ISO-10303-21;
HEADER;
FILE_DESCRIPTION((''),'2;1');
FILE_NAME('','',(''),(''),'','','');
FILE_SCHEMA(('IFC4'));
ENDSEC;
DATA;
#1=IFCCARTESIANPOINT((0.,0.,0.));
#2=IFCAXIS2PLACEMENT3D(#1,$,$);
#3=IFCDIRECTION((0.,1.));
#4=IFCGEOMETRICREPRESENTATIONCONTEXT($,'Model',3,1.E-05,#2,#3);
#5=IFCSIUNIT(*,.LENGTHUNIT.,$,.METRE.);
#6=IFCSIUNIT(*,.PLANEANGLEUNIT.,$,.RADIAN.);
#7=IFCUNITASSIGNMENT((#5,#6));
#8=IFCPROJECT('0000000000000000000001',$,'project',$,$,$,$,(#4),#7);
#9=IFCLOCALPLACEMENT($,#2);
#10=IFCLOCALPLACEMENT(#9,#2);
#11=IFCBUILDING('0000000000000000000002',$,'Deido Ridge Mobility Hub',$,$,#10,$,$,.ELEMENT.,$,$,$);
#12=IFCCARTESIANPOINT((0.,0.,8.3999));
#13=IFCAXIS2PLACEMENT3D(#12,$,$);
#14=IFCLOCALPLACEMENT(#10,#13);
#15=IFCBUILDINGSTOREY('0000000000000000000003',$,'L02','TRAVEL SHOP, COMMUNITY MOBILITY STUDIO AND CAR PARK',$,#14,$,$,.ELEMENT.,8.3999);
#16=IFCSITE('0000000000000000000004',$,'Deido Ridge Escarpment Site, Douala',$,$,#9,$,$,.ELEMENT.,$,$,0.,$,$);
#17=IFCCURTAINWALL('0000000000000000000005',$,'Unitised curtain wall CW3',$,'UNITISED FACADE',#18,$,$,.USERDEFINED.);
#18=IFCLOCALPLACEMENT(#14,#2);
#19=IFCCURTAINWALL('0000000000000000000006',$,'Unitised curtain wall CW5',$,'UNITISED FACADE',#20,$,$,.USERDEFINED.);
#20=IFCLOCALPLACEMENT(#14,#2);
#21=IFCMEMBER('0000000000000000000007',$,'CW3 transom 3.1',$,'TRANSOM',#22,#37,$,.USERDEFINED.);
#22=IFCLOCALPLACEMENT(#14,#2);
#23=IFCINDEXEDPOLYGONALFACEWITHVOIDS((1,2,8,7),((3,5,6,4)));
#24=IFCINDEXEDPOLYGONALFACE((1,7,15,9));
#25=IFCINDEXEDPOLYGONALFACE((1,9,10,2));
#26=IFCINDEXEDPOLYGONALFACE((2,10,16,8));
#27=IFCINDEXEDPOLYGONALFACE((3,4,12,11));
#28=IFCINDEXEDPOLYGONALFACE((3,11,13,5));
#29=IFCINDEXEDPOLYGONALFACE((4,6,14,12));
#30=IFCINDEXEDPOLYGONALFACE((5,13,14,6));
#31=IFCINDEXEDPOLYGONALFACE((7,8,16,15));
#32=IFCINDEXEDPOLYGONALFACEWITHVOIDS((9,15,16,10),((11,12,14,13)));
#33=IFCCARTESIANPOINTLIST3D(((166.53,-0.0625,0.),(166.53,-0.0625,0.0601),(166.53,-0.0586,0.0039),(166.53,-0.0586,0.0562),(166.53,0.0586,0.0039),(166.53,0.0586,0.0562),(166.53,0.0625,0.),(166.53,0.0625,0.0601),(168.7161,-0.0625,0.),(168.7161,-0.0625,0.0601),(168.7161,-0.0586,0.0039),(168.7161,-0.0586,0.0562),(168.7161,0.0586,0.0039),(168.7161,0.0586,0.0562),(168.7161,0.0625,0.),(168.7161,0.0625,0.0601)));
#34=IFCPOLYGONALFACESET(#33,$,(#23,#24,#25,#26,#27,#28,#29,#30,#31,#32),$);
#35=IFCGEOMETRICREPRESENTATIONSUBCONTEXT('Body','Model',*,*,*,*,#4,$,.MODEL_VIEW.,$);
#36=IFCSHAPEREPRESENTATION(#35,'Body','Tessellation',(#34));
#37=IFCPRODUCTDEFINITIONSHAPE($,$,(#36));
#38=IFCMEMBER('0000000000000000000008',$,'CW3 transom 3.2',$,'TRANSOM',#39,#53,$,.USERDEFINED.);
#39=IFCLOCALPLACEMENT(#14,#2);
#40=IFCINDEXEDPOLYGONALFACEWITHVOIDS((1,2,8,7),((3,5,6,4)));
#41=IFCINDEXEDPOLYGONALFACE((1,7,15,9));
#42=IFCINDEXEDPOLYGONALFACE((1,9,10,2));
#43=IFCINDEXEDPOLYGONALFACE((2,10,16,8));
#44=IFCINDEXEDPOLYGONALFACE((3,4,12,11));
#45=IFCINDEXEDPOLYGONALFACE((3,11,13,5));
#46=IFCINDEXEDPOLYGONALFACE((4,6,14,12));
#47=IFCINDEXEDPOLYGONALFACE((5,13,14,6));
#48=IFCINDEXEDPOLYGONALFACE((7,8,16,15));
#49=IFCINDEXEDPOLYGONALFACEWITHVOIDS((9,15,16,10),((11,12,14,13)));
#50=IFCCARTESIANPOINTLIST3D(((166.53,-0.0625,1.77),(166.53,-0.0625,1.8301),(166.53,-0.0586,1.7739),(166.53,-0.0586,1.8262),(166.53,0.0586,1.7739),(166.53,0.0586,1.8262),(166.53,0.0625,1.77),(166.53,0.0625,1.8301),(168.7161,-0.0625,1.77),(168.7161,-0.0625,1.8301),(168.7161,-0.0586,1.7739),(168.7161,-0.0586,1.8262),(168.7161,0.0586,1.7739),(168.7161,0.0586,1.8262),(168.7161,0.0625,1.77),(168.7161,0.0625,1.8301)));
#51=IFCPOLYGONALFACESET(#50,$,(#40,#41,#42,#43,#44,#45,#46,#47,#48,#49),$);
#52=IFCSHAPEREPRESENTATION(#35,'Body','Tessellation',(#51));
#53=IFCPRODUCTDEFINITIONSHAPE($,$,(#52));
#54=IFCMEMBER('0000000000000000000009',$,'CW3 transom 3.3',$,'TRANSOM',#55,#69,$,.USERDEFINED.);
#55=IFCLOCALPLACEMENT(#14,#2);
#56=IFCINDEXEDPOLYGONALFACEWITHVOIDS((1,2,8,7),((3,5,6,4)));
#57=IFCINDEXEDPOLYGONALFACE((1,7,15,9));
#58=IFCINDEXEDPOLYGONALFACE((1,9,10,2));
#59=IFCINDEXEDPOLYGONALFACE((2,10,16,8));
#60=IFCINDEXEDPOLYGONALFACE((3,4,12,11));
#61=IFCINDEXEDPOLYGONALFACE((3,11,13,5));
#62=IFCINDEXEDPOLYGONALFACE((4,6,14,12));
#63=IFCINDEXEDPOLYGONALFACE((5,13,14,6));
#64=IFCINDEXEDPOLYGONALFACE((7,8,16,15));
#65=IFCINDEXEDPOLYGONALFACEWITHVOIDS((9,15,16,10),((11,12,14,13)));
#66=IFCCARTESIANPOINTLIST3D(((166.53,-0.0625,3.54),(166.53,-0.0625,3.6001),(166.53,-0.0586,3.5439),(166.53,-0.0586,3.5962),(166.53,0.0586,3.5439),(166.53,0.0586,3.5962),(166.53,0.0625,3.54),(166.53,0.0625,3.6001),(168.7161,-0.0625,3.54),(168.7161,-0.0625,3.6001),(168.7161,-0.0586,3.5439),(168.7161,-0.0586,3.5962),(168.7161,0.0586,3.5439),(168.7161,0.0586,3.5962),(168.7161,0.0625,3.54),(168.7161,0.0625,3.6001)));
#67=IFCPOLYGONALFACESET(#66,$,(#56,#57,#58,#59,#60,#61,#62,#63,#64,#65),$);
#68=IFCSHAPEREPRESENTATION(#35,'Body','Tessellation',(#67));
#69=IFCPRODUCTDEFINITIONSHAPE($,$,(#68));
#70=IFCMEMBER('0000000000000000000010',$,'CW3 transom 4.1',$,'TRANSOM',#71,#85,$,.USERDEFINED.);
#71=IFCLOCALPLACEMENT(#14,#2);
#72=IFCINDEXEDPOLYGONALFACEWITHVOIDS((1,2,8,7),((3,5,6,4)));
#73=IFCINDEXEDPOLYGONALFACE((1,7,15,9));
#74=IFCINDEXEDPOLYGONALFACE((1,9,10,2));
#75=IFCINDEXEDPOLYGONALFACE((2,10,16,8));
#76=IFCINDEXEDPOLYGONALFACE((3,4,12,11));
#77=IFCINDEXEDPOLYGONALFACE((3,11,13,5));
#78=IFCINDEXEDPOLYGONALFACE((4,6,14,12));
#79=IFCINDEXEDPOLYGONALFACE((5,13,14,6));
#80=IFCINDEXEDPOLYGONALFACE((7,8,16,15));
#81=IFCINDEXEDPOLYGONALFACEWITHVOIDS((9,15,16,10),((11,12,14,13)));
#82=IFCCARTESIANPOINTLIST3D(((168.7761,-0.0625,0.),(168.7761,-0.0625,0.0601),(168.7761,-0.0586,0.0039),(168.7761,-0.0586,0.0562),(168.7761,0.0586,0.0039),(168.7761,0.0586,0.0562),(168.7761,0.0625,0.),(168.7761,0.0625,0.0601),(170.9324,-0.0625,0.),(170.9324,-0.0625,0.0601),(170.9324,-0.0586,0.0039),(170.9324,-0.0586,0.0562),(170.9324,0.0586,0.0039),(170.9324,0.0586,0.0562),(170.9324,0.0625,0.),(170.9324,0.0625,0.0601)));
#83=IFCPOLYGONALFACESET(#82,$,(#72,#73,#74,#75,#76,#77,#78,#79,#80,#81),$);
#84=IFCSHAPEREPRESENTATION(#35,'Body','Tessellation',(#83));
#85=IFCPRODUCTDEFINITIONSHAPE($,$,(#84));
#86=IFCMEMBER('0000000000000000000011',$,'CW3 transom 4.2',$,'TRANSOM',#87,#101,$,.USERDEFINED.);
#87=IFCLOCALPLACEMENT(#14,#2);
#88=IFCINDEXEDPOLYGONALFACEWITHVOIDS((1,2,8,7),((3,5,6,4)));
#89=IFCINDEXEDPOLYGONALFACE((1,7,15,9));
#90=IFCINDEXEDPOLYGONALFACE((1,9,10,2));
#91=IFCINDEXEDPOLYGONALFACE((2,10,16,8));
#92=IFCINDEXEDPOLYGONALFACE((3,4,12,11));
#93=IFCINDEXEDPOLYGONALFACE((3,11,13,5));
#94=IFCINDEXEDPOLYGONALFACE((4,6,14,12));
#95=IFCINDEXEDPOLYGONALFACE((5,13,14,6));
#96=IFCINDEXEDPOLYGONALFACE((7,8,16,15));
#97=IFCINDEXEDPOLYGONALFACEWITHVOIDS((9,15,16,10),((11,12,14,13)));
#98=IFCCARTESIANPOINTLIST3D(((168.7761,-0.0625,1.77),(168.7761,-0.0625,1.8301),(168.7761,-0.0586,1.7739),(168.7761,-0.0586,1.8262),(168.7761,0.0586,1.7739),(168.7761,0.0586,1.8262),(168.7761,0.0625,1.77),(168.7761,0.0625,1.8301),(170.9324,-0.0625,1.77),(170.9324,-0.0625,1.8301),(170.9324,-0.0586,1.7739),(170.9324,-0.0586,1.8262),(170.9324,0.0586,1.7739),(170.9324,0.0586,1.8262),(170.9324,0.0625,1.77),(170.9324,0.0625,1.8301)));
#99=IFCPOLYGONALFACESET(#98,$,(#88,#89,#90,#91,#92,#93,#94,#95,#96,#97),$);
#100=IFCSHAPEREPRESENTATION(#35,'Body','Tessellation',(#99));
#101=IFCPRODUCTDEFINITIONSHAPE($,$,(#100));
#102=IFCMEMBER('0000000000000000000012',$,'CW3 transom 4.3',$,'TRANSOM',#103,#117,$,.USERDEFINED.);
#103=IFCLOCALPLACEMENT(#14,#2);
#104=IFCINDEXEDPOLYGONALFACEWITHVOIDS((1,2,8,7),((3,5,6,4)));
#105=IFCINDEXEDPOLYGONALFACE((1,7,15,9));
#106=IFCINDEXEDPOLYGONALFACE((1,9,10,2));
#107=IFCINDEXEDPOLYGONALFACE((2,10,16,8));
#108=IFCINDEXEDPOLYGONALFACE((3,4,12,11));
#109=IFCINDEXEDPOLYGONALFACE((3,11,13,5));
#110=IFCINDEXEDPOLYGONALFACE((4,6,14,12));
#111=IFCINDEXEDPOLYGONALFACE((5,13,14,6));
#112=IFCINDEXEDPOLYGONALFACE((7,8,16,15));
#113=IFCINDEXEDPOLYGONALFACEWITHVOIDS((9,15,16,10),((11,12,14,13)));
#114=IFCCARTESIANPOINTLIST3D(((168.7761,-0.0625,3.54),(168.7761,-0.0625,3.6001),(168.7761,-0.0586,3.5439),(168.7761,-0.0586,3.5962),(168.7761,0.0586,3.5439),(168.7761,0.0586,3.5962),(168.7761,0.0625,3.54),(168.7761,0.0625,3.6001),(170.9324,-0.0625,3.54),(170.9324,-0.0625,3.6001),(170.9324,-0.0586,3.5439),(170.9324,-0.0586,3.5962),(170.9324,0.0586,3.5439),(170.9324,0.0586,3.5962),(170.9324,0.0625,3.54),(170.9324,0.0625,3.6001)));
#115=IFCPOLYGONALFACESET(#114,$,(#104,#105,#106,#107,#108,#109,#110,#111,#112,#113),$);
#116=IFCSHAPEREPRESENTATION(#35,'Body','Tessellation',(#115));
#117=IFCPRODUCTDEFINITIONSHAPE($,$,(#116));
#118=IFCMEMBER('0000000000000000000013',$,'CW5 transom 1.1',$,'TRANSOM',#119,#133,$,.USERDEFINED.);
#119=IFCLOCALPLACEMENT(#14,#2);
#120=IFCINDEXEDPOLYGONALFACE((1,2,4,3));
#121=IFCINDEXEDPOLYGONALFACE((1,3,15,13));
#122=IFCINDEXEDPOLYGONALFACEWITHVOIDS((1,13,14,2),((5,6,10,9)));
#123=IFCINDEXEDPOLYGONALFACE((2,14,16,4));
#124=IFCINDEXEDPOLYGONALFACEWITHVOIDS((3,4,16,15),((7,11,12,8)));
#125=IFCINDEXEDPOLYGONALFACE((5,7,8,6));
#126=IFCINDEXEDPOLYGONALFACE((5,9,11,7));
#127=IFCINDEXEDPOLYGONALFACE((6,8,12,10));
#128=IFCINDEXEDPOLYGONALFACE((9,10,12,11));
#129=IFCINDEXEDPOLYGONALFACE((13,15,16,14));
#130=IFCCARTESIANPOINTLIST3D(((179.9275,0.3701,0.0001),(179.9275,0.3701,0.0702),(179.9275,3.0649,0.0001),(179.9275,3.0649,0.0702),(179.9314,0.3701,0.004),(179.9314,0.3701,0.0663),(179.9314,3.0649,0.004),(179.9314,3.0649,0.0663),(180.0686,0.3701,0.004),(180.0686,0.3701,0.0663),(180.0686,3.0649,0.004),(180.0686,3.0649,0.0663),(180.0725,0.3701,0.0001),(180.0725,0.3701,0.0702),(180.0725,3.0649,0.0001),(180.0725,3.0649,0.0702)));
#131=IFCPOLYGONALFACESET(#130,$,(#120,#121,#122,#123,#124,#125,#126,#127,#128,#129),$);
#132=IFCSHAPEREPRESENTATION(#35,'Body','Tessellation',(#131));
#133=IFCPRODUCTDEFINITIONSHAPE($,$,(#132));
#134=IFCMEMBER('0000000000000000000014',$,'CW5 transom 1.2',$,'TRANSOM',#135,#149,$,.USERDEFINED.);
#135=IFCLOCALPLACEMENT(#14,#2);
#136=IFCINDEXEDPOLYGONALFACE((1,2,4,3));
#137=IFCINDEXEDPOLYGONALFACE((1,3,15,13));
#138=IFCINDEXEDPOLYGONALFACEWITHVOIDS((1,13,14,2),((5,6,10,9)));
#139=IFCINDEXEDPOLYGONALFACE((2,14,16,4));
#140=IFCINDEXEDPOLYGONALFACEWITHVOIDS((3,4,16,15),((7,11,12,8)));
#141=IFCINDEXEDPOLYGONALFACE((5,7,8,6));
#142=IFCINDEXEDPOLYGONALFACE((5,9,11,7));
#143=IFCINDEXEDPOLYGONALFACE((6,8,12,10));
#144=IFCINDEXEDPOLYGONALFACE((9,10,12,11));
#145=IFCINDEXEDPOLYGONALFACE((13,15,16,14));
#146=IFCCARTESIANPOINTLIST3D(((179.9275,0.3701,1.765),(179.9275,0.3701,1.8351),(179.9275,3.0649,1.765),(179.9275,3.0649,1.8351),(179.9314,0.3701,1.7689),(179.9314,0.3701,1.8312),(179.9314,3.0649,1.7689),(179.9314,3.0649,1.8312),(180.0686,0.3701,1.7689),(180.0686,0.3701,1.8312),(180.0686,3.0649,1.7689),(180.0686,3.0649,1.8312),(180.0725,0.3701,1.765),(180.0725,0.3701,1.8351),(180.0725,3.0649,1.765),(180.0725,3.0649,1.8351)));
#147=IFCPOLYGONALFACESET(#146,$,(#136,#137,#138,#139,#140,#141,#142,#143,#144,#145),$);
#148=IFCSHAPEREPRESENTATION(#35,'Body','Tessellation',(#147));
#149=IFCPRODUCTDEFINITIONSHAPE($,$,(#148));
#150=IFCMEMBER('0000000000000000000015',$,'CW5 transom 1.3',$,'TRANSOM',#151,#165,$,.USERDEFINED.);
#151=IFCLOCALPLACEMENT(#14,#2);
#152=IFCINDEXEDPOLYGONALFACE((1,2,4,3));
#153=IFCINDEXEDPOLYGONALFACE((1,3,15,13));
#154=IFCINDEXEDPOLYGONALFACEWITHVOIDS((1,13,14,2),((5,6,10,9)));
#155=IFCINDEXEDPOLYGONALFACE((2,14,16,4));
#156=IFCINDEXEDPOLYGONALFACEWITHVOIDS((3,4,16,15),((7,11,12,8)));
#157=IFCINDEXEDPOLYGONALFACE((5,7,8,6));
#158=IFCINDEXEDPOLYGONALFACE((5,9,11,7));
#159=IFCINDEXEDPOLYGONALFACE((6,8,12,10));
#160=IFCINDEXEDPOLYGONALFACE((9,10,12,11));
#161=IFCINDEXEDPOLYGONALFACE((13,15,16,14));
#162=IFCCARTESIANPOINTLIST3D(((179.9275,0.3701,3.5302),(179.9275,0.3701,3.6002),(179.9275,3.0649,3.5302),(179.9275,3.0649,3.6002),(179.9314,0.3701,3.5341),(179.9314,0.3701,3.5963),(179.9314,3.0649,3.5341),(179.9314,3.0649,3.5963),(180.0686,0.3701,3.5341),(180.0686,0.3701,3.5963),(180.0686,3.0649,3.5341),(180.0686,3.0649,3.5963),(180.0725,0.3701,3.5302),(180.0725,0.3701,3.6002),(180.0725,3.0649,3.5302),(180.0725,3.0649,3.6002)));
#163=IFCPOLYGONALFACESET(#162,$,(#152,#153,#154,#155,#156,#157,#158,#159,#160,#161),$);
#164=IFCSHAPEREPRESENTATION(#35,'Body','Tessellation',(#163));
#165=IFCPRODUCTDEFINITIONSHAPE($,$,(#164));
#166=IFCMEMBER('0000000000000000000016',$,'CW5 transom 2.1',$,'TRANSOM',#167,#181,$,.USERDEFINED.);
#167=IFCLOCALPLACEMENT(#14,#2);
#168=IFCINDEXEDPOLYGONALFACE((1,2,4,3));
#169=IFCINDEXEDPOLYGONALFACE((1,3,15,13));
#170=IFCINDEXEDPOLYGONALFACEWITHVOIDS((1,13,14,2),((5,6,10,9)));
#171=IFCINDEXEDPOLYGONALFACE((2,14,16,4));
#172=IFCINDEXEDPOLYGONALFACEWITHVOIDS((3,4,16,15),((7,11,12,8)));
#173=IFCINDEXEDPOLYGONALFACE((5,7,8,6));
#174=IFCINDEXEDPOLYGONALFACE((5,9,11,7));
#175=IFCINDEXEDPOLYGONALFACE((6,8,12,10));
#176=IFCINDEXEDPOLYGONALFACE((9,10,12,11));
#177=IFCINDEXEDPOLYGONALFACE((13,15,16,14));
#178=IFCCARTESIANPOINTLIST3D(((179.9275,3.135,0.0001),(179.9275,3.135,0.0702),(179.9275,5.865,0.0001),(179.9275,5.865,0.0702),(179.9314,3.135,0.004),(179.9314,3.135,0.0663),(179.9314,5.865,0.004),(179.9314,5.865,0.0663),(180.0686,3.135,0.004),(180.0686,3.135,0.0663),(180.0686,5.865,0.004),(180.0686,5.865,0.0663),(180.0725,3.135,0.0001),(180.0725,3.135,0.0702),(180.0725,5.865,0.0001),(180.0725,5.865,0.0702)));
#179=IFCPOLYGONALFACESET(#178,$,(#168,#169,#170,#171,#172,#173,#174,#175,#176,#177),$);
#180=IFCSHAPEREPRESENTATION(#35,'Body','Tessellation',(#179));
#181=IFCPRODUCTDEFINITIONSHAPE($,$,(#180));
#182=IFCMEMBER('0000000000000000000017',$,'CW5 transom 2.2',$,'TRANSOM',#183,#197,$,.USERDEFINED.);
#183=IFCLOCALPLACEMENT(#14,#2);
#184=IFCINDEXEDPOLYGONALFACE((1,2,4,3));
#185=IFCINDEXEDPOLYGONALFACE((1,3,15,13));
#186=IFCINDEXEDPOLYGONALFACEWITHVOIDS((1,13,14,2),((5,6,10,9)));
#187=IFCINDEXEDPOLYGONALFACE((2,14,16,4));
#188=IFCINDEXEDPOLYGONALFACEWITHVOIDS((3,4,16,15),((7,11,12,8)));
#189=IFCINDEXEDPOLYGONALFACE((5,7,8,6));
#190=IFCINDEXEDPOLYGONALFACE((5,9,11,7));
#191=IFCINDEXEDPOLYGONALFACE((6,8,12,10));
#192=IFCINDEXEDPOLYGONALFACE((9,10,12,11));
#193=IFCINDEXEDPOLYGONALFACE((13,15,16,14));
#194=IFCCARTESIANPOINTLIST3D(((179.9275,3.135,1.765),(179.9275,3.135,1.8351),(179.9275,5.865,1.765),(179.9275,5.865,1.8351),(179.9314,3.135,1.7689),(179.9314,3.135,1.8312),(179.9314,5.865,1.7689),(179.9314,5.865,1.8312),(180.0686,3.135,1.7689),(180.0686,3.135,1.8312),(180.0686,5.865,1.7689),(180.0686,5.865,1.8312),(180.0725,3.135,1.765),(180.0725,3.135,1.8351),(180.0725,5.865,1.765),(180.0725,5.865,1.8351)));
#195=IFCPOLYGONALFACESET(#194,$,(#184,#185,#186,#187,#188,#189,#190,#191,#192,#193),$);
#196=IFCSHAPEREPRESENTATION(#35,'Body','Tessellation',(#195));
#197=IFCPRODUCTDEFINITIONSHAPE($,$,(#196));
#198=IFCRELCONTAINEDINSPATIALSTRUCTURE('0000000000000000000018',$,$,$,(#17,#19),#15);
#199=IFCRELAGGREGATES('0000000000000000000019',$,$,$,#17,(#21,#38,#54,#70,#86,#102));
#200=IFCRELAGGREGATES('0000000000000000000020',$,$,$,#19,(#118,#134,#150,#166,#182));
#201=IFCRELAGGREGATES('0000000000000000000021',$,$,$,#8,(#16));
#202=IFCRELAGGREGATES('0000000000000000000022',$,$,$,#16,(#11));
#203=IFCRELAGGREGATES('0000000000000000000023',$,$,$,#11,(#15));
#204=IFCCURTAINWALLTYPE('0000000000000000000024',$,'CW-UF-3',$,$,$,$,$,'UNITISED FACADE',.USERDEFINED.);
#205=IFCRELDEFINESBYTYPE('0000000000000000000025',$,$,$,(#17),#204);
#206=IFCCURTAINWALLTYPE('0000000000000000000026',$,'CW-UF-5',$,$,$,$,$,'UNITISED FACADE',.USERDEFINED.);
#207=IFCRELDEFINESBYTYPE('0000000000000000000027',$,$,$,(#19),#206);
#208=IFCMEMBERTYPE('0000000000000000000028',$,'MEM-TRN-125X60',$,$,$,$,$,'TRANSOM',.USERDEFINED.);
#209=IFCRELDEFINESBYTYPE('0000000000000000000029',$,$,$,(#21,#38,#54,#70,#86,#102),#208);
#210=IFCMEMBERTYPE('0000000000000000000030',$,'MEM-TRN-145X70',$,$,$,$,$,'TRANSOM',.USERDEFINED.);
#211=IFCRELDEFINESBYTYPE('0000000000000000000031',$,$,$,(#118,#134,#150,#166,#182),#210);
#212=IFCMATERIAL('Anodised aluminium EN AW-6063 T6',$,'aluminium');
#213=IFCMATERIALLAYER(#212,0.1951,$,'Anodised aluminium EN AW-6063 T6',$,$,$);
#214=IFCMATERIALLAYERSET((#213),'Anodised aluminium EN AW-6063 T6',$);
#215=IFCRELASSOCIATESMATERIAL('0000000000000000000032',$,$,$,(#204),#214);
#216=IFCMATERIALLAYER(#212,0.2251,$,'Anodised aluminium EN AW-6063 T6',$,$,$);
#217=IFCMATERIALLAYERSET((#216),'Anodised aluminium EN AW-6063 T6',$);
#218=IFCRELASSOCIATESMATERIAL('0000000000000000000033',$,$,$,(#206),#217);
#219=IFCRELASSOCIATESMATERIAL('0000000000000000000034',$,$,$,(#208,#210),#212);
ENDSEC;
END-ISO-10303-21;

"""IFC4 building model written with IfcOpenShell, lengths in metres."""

from ifc_helpers import new_model, si_unit, direction, frame, origin, origin_2d, place, context, subcontext, project, spatial, hollow_rectangle, extrude, material, layer, layer_set, material_profile, profile_set, type_object, element, aggregate, save


model = new_model("IFC4")

# Units and contexts
model_context = context("Model", 3, precision=1e-05, world=origin(), true_north=direction((0.0, 1.0)))
body_context = subcontext(model_context, "Body", "Model", "MODEL_VIEW")
ifc_project = project(units=[si_unit("LENGTHUNIT", "METRE"), si_unit("PLANEANGLEUNIT", "RADIAN")], contexts=[model_context])

# Site, building, storey
site_placement = place(None, origin())
site = spatial("IfcSite", under=ifc_project, at=site_placement, Name="Deido Ridge Escarpment Site, Douala", CompositionType="ELEMENT", RefElevation=0.0)
building_placement = place(site_placement, origin())
building = spatial("IfcBuilding", under=site, at=building_placement, Name="Deido Ridge Mobility Hub", CompositionType="ELEMENT")
storey_placement = place(building_placement, frame((0.0, 0.0, 8.3999)))
storey = spatial("IfcBuildingStorey", under=building, at=storey_placement, Name="L02", Description="TRAVEL SHOP, COMMUNITY MOBILITY STUDIO AND CAR PARK", CompositionType="ELEMENT", Elevation=8.3999)

# Curtain walls
ifc_material_1 = material(Name="Anodised aluminium EN AW-6063 T6", Category="aluminium")
ifc_layer_1 = layer(ifc_material_1, 0.1951, Name="Anodised aluminium EN AW-6063 T6")
ifc_layer_set_1 = layer_set([ifc_layer_1], Name="Anodised aluminium EN AW-6063 T6")
curtain_wall_type_1 = type_object("IfcCurtainWallType", Name="CW-UF-3", ElementType="UNITISED FACADE", PredefinedType="USERDEFINED", material=ifc_layer_set_1)
curtain_wall_1_placement = place(storey_placement, origin())
curtain_wall_1 = element("IfcCurtainWall", 1, at=curtain_wall_1_placement, inside=storey, type_object=curtain_wall_type_1, Name="Unitised curtain wall CW3", ObjectType="UNITISED FACADE", PredefinedType="USERDEFINED")
ifc_layer_2 = layer(ifc_material_1, 0.2251, Name="Anodised aluminium EN AW-6063 T6")
ifc_layer_set_2 = layer_set([ifc_layer_2], Name="Anodised aluminium EN AW-6063 T6")
curtain_wall_type_2 = type_object("IfcCurtainWallType", Name="CW-UF-5", ElementType="UNITISED FACADE", PredefinedType="USERDEFINED", material=ifc_layer_set_2)
curtain_wall_2_placement = place(storey_placement, origin())
curtain_wall_2 = element("IfcCurtainWall", 2, at=curtain_wall_2_placement, inside=storey, type_object=curtain_wall_type_2, Name="Unitised curtain wall CW5", ObjectType="UNITISED FACADE", PredefinedType="USERDEFINED")

# Members
ifc_material_profile_1 = material_profile(ifc_material_1, hollow_rectangle(XDim=0.125, YDim=0.0601, WallThickness=0.0039, at=origin_2d()), Name="RHS 125x60x4")
ifc_profile_set_1 = profile_set([ifc_material_profile_1], Name="Anodised aluminium EN AW-6063 T6")
member_type_1 = type_object("IfcMemberType", Name="MEM-TRN-125X60", ElementType="TRANSOM", PredefinedType="USERDEFINED", material=ifc_profile_set_1)
member_1_placement = place(storey_placement, frame((166.53, 0.0, 0.03), z_axis=(1.0, 0.0, 0.0), x_axis=(0.0, 1.0, 0.0)))
member_1 = element("IfcMember", 3, at=member_1_placement, type_object=member_type_1, Name="CW3 transom 3.1", ObjectType="TRANSOM", PredefinedType="USERDEFINED", context=body_context, shape_type="SweptSolid", body=[
    extrude(hollow_rectangle(XDim=0.125, YDim=0.0601, WallThickness=0.0039, at=origin_2d()), origin(), (0.0, 0.0, 1.0), 2.186),
])
member_2_placement = place(storey_placement, frame((166.53, 0.0, 1.8), z_axis=(1.0, 0.0, 0.0), x_axis=(0.0, 1.0, 0.0)))
member_2 = element("IfcMember", 4, at=member_2_placement, type_object=member_type_1, Name="CW3 transom 3.2", ObjectType="TRANSOM", PredefinedType="USERDEFINED", context=body_context, shape_type="SweptSolid", body=[
    extrude(hollow_rectangle(XDim=0.125, YDim=0.0601, WallThickness=0.0039, at=origin_2d()), origin(), (0.0, 0.0, 1.0), 2.186),
])
member_3_placement = place(storey_placement, frame((166.53, 0.0, 3.5701), z_axis=(1.0, 0.0, 0.0), x_axis=(0.0, 1.0, 0.0)))
member_3 = element("IfcMember", 5, at=member_3_placement, type_object=member_type_1, Name="CW3 transom 3.3", ObjectType="TRANSOM", PredefinedType="USERDEFINED", context=body_context, shape_type="SweptSolid", body=[
    extrude(hollow_rectangle(XDim=0.125, YDim=0.0601, WallThickness=0.0039, at=origin_2d()), origin(), (0.0, 0.0, 1.0), 2.186),
])
member_4_placement = place(storey_placement, frame((168.7761, 0.0, 0.03), z_axis=(1.0, 0.0, 0.0), x_axis=(0.0, 1.0, 0.0)))
member_4 = element("IfcMember", 6, at=member_4_placement, type_object=member_type_1, Name="CW3 transom 4.1", ObjectType="TRANSOM", PredefinedType="USERDEFINED", context=body_context, shape_type="SweptSolid", body=[
    extrude(hollow_rectangle(XDim=0.125, YDim=0.0601, WallThickness=0.0039, at=origin_2d()), origin(), (0.0, 0.0, 1.0), 2.1562),
])
member_5_placement = place(storey_placement, frame((168.7761, 0.0, 1.8), z_axis=(1.0, 0.0, 0.0), x_axis=(0.0, 1.0, 0.0)))
member_5 = element("IfcMember", 7, at=member_5_placement, type_object=member_type_1, Name="CW3 transom 4.2", ObjectType="TRANSOM", PredefinedType="USERDEFINED", context=body_context, shape_type="SweptSolid", body=[
    extrude(hollow_rectangle(XDim=0.125, YDim=0.0601, WallThickness=0.0039, at=origin_2d()), origin(), (0.0, 0.0, 1.0), 2.1562),
])
member_6_placement = place(storey_placement, frame((168.7761, 0.0, 3.5701), z_axis=(1.0, 0.0, 0.0), x_axis=(0.0, 1.0, 0.0)))
member_6 = element("IfcMember", 8, at=member_6_placement, type_object=member_type_1, Name="CW3 transom 4.3", ObjectType="TRANSOM", PredefinedType="USERDEFINED", context=body_context, shape_type="SweptSolid", body=[
    extrude(hollow_rectangle(XDim=0.125, YDim=0.0601, WallThickness=0.0039, at=origin_2d()), origin(), (0.0, 0.0, 1.0), 2.1562),
])
ifc_material_profile_2 = material_profile(ifc_material_1, hollow_rectangle(XDim=0.145, YDim=0.0701, WallThickness=0.0039, at=origin_2d()), Name="RHS 145x70x4")
ifc_profile_set_2 = profile_set([ifc_material_profile_2], Name="Anodised aluminium EN AW-6063 T6")
member_type_2 = type_object("IfcMemberType", Name="MEM-TRN-145X70", ElementType="TRANSOM", PredefinedType="USERDEFINED", material=ifc_profile_set_2)
member_7_placement = place(storey_placement, frame((180.0, 0.3701, 0.0352), z_axis=(0.0, 1.0, 0.0), x_axis=(-1.0, 0.0, 0.0)))
member_7 = element("IfcMember", 9, at=member_7_placement, type_object=member_type_2, Name="CW5 transom 1.1", ObjectType="TRANSOM", PredefinedType="USERDEFINED", context=body_context, shape_type="SweptSolid", body=[
    extrude(hollow_rectangle(XDim=0.145, YDim=0.0701, WallThickness=0.0039, at=origin_2d()), origin(), (0.0, 0.0, 1.0), 2.6948),
])
member_8_placement = place(storey_placement, frame((180.0, 0.3701, 1.8), z_axis=(0.0, 1.0, 0.0), x_axis=(-1.0, 0.0, 0.0)))
member_8 = element("IfcMember", 10, at=member_8_placement, type_object=member_type_2, Name="CW5 transom 1.2", ObjectType="TRANSOM", PredefinedType="USERDEFINED", context=body_context, shape_type="SweptSolid", body=[
    extrude(hollow_rectangle(XDim=0.145, YDim=0.0701, WallThickness=0.0039, at=origin_2d()), origin(), (0.0, 0.0, 1.0), 2.6948),
])
member_9_placement = place(storey_placement, frame((180.0, 0.3701, 3.5652), z_axis=(0.0, 1.0, 0.0), x_axis=(-1.0, 0.0, 0.0)))
member_9 = element("IfcMember", 11, at=member_9_placement, type_object=member_type_2, Name="CW5 transom 1.3", ObjectType="TRANSOM", PredefinedType="USERDEFINED", context=body_context, shape_type="SweptSolid", body=[
    extrude(hollow_rectangle(XDim=0.145, YDim=0.0701, WallThickness=0.0039, at=origin_2d()), origin(), (0.0, 0.0, 1.0), 2.6948),
])
member_10_placement = place(storey_placement, frame((180.0, 3.135, 0.0352), z_axis=(0.0, 1.0, 0.0), x_axis=(-1.0, 0.0, 0.0)))
member_10 = element("IfcMember", 12, at=member_10_placement, type_object=member_type_2, Name="CW5 transom 2.1", ObjectType="TRANSOM", PredefinedType="USERDEFINED", context=body_context, shape_type="SweptSolid", body=[
    extrude(hollow_rectangle(XDim=0.145, YDim=0.0701, WallThickness=0.0039, at=origin_2d()), origin(), (0.0, 0.0, 1.0), 2.73),
])
member_11_placement = place(storey_placement, frame((180.0, 3.135, 1.8), z_axis=(0.0, 1.0, 0.0), x_axis=(-1.0, 0.0, 0.0)))
member_11 = element("IfcMember", 13, at=member_11_placement, type_object=member_type_2, Name="CW5 transom 2.2", ObjectType="TRANSOM", PredefinedType="USERDEFINED", context=body_context, shape_type="SweptSolid", body=[
    extrude(hollow_rectangle(XDim=0.145, YDim=0.0701, WallThickness=0.0039, at=origin_2d()), origin(), (0.0, 0.0, 1.0), 2.73),
])

aggregate(curtain_wall_1, [member_1, member_2, member_3, member_4, member_5, member_6])
aggregate(curtain_wall_2, [member_7, member_8, member_9, member_10, member_11])

save(model, "model.ifc")
